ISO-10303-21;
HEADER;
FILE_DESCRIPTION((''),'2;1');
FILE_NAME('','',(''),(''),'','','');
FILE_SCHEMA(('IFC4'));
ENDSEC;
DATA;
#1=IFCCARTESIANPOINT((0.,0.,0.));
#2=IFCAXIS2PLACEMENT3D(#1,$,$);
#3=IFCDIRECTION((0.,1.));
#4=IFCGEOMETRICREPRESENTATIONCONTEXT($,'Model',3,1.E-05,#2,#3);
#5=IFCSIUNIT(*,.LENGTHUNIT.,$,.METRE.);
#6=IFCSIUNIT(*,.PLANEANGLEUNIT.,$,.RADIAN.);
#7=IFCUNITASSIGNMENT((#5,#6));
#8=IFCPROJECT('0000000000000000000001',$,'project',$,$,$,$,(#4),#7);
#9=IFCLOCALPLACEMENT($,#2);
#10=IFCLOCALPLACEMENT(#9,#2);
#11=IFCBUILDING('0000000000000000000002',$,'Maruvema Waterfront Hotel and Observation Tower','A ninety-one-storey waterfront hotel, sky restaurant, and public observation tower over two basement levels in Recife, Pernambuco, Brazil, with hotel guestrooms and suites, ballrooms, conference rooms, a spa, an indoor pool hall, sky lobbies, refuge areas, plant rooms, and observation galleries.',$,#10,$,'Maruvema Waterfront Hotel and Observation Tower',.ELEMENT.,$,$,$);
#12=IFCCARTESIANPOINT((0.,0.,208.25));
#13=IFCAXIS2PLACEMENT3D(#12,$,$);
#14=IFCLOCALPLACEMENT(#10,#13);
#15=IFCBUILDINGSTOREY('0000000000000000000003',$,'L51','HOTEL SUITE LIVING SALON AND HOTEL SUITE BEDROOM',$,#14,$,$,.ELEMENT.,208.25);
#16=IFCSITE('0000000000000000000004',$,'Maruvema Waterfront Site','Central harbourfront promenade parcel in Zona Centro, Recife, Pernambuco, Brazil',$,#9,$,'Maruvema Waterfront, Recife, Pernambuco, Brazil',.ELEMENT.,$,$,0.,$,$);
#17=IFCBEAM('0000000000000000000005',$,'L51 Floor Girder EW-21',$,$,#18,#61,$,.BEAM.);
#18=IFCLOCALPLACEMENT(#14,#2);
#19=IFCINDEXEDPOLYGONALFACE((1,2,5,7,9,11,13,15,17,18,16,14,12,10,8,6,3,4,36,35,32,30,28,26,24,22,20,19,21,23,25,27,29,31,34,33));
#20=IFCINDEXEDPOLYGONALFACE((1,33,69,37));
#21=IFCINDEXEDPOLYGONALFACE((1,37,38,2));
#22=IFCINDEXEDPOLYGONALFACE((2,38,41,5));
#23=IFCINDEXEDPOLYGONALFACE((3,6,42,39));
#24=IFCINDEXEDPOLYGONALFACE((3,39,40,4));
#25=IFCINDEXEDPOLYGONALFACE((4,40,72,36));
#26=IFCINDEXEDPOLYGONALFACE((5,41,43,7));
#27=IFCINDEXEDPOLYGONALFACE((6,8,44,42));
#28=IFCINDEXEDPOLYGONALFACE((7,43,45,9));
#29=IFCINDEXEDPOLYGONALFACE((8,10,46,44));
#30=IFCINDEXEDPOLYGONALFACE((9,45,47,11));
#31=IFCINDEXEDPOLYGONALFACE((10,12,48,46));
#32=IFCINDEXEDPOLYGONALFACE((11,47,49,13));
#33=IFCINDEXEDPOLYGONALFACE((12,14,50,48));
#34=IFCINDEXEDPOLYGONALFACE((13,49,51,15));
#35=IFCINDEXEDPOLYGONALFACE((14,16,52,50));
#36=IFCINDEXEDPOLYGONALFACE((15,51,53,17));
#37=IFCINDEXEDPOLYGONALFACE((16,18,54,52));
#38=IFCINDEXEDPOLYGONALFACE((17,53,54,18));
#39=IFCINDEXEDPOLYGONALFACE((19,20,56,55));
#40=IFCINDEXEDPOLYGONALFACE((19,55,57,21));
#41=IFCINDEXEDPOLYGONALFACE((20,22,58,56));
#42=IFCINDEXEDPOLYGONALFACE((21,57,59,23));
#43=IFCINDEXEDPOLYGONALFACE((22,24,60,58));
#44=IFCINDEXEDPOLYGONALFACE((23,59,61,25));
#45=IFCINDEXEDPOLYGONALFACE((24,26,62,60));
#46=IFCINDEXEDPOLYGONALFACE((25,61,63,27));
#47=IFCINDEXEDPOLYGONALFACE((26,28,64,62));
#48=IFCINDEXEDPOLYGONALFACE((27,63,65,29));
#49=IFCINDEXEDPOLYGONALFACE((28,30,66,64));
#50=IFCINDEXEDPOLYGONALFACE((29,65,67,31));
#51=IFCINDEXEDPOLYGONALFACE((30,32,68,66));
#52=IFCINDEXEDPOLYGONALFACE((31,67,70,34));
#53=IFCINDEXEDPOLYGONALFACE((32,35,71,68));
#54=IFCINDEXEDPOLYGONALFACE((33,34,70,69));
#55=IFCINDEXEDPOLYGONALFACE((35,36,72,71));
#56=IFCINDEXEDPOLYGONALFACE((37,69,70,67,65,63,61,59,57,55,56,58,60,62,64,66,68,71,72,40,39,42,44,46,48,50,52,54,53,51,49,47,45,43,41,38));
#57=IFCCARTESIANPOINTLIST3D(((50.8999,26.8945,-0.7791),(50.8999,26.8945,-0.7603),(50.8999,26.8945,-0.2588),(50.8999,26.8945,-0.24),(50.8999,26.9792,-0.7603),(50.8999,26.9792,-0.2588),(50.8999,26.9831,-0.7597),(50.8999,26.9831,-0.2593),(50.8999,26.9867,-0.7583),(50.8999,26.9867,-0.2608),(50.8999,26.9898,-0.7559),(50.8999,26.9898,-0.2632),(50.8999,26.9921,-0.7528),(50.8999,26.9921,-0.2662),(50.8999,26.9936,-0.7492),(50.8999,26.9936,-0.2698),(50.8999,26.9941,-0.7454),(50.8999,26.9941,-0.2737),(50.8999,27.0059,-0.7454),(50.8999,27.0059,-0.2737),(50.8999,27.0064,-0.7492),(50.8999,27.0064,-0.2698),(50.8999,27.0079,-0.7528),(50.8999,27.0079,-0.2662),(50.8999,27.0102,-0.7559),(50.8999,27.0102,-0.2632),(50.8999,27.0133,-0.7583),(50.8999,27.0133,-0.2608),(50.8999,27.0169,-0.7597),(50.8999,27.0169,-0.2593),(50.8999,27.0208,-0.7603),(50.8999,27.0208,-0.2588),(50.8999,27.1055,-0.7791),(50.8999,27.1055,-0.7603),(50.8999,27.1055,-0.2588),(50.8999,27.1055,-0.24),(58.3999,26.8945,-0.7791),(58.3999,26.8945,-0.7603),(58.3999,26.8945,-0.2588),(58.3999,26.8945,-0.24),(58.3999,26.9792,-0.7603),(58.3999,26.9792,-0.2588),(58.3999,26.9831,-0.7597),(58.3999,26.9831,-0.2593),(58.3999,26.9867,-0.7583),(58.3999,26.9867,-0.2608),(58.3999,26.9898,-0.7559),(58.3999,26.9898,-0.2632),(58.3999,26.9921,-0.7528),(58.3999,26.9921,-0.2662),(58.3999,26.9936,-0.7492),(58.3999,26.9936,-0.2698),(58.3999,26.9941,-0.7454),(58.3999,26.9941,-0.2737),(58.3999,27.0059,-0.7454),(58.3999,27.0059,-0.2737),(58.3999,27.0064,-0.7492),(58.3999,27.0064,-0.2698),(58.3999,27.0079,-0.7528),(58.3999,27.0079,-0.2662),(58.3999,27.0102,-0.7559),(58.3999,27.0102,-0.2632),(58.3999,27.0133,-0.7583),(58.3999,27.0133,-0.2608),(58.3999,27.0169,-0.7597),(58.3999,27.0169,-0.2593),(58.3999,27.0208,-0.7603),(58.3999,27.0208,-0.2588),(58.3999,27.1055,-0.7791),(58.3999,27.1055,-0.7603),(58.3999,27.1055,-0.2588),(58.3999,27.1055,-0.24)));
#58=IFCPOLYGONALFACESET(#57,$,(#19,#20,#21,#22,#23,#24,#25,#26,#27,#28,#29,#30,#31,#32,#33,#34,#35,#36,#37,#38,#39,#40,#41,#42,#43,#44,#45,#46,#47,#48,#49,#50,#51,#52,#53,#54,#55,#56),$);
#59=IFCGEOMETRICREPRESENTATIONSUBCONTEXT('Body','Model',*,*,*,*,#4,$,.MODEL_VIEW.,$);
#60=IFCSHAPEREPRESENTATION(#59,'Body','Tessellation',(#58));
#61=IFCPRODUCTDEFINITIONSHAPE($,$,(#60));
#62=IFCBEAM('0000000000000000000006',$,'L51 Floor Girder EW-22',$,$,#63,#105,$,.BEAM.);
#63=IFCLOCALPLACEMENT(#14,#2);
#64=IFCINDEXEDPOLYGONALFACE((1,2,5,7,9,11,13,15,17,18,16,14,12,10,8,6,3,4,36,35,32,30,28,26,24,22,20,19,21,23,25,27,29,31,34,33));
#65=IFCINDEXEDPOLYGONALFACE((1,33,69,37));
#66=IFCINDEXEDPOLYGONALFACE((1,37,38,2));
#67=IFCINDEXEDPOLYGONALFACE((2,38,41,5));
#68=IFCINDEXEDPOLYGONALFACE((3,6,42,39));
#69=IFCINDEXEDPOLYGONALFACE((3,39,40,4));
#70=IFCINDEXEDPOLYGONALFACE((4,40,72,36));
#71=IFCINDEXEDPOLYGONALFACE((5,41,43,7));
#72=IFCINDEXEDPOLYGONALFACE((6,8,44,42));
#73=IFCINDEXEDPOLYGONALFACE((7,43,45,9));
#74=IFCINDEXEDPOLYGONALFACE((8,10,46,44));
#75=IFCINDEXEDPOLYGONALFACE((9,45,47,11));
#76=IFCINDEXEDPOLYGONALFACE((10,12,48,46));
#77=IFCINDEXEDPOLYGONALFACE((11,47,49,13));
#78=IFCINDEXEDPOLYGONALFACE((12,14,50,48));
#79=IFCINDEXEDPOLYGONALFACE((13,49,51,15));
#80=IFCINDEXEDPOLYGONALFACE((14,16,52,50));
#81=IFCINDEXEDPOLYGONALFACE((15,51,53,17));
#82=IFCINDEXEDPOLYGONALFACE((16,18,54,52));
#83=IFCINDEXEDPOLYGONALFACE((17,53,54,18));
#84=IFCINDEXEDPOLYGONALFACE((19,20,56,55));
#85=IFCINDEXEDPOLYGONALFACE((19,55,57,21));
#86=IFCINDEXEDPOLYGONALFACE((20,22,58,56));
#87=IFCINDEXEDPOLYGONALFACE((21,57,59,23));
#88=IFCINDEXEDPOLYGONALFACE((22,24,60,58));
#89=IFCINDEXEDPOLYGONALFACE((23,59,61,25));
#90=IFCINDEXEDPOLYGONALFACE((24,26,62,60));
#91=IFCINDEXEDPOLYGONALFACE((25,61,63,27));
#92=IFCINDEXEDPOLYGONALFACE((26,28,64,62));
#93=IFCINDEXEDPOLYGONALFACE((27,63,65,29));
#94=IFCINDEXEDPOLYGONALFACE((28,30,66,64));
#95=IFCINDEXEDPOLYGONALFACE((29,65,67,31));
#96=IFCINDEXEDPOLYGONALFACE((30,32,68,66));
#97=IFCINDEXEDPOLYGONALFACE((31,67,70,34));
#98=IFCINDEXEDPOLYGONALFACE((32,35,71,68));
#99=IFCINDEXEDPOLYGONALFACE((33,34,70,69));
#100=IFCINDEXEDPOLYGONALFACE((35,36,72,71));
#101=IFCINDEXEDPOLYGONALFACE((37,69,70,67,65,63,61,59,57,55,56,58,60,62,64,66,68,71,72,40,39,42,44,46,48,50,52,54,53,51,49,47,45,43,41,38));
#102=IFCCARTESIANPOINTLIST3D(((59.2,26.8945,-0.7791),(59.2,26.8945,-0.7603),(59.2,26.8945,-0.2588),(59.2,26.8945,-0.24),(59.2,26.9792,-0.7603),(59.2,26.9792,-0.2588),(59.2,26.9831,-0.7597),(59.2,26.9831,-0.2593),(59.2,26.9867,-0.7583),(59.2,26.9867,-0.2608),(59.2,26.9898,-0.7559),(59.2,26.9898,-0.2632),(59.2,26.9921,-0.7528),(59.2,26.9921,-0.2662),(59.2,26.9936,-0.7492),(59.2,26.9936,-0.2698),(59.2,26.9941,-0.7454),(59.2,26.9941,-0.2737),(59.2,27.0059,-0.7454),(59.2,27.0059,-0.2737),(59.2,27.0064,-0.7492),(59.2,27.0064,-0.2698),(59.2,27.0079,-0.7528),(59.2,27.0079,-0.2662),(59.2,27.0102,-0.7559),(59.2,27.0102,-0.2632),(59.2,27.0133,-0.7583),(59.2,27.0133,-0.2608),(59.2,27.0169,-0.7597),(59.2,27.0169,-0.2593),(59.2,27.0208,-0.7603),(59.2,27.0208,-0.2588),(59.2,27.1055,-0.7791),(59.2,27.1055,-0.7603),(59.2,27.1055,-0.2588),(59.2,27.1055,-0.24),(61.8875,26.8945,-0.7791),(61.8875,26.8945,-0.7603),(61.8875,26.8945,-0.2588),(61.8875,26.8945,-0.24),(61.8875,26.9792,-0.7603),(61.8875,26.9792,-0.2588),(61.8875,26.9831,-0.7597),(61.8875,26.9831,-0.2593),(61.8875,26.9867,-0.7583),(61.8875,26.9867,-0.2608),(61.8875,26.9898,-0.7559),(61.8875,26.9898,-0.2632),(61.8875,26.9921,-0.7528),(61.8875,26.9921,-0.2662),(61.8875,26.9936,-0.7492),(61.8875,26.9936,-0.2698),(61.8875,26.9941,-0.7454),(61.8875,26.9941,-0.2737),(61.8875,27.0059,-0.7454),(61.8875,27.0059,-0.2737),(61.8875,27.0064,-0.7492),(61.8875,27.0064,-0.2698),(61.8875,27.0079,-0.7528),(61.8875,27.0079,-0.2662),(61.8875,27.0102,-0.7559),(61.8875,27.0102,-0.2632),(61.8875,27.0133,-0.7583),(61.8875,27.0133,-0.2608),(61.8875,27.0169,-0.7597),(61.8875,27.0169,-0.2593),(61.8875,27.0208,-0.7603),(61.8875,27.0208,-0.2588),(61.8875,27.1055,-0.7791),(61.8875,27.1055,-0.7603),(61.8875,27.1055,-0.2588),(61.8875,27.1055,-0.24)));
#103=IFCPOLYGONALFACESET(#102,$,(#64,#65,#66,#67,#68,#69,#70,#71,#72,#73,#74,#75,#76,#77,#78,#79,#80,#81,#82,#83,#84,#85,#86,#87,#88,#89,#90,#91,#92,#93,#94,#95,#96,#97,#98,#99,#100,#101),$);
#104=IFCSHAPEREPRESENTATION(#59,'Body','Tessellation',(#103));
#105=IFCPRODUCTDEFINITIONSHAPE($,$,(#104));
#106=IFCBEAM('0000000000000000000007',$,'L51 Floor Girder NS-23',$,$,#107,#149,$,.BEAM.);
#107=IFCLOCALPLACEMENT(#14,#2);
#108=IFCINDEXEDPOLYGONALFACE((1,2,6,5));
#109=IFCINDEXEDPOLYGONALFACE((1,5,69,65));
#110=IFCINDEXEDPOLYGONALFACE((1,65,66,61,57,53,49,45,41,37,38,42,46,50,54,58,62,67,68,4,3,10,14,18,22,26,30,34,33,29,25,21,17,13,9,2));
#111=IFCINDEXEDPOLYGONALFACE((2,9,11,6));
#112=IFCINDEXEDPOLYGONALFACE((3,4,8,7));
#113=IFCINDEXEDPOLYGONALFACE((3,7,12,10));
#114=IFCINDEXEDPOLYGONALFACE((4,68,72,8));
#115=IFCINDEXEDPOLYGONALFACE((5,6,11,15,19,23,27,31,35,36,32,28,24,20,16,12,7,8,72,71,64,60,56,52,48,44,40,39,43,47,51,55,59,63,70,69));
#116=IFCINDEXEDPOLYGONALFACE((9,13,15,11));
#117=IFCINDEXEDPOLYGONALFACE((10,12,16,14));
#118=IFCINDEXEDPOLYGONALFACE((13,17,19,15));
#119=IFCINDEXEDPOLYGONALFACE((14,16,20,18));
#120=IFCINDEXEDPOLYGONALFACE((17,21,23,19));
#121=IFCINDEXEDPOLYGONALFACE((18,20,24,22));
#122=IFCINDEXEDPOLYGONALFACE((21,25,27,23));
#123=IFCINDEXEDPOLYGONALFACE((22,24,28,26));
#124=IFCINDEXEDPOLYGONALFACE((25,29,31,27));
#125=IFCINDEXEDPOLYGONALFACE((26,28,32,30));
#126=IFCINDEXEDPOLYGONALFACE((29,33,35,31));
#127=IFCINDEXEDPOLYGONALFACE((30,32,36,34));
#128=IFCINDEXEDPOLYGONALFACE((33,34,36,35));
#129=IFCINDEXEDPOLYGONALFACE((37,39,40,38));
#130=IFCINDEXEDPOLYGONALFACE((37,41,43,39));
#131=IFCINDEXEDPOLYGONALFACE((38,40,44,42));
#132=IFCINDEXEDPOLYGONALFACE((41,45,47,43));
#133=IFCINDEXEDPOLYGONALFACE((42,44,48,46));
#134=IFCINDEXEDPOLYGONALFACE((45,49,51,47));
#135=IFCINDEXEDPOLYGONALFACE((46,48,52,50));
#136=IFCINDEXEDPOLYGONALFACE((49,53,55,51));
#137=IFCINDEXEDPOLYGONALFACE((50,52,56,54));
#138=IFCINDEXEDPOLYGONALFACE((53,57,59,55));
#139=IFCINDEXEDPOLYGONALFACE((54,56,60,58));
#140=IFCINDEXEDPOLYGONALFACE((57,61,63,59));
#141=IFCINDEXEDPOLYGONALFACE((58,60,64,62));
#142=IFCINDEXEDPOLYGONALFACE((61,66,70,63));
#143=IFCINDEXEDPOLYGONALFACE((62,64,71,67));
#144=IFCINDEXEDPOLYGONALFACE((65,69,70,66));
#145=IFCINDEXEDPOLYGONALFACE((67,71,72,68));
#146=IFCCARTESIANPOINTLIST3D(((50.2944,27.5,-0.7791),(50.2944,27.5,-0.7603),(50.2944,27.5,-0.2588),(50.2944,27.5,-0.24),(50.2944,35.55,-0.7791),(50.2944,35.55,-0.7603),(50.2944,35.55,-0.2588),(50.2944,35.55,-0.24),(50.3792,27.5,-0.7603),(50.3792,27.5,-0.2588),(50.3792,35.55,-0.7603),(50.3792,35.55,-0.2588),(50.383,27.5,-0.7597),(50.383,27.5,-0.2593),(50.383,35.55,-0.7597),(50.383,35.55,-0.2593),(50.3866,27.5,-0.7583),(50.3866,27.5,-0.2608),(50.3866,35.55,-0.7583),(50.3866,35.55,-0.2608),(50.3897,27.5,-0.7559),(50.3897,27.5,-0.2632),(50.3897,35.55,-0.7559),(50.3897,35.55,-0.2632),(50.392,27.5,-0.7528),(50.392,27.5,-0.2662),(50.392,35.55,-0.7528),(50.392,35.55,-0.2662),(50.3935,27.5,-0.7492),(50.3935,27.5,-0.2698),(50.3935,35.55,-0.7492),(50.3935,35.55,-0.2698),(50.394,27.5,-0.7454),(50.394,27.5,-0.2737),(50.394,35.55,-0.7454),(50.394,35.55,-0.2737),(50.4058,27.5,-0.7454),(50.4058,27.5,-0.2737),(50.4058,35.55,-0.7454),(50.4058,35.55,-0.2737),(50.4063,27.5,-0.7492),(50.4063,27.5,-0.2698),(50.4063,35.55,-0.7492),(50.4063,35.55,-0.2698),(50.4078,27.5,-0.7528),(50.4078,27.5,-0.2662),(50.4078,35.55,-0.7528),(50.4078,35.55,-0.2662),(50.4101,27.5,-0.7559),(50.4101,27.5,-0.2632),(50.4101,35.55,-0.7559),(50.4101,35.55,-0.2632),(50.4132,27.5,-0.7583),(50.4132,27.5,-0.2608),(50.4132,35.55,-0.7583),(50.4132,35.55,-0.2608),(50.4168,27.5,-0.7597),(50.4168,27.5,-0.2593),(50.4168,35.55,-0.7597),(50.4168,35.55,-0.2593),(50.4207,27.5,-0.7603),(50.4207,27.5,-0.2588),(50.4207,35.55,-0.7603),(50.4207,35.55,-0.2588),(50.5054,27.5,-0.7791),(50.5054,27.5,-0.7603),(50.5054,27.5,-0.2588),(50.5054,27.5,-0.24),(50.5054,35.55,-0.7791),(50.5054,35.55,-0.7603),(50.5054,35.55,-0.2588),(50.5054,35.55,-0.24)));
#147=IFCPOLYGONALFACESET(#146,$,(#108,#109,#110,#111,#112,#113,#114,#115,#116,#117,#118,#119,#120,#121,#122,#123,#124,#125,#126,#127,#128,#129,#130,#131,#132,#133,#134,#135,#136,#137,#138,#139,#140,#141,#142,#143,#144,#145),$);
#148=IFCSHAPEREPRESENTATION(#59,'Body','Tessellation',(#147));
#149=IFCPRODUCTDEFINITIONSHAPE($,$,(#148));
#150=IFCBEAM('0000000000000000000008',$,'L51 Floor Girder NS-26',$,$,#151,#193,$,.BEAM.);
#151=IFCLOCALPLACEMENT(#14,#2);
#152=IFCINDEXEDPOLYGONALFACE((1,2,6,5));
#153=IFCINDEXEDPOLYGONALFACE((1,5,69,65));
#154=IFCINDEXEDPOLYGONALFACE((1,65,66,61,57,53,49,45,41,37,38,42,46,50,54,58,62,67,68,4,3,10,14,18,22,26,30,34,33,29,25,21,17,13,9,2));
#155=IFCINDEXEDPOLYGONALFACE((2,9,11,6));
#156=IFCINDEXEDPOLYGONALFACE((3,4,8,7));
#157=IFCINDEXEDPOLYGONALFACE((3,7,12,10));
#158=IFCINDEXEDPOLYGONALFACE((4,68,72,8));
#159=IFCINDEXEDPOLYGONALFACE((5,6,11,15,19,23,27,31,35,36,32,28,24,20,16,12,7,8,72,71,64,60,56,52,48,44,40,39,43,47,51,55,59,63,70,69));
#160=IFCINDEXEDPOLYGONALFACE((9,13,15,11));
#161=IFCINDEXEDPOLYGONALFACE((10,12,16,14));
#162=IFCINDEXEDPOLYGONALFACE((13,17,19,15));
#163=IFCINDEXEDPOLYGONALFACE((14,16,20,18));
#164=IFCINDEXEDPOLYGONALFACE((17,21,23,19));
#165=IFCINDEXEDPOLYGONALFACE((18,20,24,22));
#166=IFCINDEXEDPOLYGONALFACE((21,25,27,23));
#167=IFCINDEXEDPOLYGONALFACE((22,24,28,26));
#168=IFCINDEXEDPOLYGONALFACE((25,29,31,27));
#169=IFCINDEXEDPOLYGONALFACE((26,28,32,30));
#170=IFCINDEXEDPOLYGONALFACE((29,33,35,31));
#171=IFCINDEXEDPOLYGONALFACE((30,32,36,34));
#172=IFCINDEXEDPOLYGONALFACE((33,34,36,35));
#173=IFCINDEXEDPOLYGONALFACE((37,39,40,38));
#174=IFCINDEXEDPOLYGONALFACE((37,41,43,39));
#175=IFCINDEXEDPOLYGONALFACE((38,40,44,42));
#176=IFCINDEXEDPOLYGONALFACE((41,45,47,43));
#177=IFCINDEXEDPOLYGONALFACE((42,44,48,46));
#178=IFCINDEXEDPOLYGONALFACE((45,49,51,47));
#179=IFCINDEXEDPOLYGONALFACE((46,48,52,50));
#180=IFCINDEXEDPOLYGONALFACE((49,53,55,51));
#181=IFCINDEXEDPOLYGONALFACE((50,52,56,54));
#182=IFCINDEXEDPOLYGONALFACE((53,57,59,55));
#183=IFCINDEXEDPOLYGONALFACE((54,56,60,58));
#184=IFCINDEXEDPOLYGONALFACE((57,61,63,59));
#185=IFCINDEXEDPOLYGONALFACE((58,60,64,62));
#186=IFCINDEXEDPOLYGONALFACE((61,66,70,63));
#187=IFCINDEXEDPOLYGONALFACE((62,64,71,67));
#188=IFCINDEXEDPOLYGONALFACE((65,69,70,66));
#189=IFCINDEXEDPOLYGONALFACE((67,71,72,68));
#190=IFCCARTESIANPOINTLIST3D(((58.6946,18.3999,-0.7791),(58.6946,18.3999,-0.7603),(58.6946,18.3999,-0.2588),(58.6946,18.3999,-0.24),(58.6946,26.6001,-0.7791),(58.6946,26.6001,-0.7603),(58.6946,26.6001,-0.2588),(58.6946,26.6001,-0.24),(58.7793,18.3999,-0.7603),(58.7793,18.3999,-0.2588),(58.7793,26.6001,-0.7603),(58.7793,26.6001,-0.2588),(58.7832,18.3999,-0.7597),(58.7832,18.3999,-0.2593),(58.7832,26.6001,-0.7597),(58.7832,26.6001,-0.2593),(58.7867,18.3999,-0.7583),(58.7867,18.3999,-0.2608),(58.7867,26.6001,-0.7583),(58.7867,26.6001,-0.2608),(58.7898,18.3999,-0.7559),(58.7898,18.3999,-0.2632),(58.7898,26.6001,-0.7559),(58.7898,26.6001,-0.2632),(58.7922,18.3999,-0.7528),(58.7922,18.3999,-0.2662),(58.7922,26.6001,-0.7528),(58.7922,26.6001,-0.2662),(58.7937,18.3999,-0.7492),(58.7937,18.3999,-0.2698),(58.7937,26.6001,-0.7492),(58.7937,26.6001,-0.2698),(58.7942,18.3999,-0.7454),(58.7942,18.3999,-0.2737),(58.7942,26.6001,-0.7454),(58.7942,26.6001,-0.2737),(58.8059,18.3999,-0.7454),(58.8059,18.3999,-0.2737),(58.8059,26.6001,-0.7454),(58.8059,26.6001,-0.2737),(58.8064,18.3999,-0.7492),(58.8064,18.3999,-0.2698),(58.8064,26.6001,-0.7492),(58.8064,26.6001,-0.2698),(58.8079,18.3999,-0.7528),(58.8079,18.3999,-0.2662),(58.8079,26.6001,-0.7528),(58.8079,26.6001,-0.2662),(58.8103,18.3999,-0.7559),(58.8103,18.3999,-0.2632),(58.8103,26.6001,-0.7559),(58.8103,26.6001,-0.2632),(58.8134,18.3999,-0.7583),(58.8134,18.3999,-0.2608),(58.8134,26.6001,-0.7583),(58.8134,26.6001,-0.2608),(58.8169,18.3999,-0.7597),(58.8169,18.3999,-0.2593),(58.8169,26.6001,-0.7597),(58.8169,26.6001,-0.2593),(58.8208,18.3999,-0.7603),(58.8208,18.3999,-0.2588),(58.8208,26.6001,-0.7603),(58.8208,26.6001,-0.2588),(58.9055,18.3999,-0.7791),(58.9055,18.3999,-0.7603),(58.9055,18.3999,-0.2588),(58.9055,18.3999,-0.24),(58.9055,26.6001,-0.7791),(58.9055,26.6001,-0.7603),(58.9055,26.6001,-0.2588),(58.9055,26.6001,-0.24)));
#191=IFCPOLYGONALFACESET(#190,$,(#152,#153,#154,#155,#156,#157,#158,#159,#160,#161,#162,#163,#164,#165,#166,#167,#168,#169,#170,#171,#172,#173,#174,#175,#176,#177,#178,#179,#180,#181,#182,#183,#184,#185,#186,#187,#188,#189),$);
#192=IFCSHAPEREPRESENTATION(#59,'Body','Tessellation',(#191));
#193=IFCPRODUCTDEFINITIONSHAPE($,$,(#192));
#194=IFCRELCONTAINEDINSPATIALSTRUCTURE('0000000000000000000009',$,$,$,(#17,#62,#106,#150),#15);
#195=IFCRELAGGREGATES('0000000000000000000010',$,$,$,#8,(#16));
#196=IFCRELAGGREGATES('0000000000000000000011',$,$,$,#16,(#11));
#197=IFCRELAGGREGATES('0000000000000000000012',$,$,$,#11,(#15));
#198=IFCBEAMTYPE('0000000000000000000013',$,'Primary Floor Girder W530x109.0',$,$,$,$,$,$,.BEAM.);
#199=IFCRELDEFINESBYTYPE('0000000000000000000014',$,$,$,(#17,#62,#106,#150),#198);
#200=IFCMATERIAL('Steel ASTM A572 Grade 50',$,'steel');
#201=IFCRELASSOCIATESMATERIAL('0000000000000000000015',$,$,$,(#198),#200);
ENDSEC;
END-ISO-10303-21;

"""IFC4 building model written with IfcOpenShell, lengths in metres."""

from ifc_helpers import new_model, si_unit, direction, frame, origin, origin_2d, place, context, subcontext, project, spatial, i_section, extrude, material, material_profile, profile_set, type_object, element, save


model = new_model("IFC4")

# Units and contexts
model_context = context("Model", 3, precision=1e-05, world=origin(), true_north=direction((0.0, 1.0)))
body_context = subcontext(model_context, "Body", "Model", "MODEL_VIEW")
ifc_project = project(units=[si_unit("LENGTHUNIT", "METRE"), si_unit("PLANEANGLEUNIT", "RADIAN")], contexts=[model_context])

# Site, building, storey
site_placement = place(None, origin())
site = spatial("IfcSite", under=ifc_project, at=site_placement, Name="Maruvema Waterfront Site", Description="Central harbourfront promenade parcel in Zona Centro, Recife, Pernambuco, Brazil", LongName="Maruvema Waterfront, Recife, Pernambuco, Brazil", CompositionType="ELEMENT", RefElevation=0.0)
building_placement = place(site_placement, origin())
building = spatial("IfcBuilding", under=site, at=building_placement, Name="Maruvema Waterfront Hotel and Observation Tower", Description="A ninety-one-storey waterfront hotel, sky restaurant, and public observation tower over two basement levels in Recife, Pernambuco, Brazil, with hotel guestrooms and suites, ballrooms, conference rooms, a spa, an indoor pool hall, sky lobbies, refuge areas, plant rooms, and observation galleries.", LongName="Maruvema Waterfront Hotel and Observation Tower", CompositionType="ELEMENT")
storey_placement = place(building_placement, frame((0.0, 0.0, 208.25)))
storey = spatial("IfcBuildingStorey", under=building, at=storey_placement, Name="L51", Description="HOTEL SUITE LIVING SALON AND HOTEL SUITE BEDROOM", CompositionType="ELEMENT", Elevation=208.25)

# Beams
ifc_material_1 = material(Name="Steel ASTM A572 Grade 50", Category="steel")
ifc_material_profile_1 = material_profile(ifc_material_1, i_section(OverallWidth=0.2109, OverallDepth=0.5391, WebThickness=0.0117, FlangeThickness=0.0188, FilletRadius=0.0149, at=origin_2d()), Name="W530x109.0")
ifc_profile_set_1 = profile_set([ifc_material_profile_1], Name="Steel ASTM A572 Grade 50")
beam_type_1 = type_object("IfcBeamType", Name="Primary Floor Girder W530x109.0", PredefinedType="BEAM", material=ifc_profile_set_1)
beam_1_placement = place(storey_placement, frame((50.8999, 27.0, -0.5095), z_axis=(1.0, 0.0, 0.0), x_axis=(0.0, 1.0, 0.0)))
element("IfcBeam", 1, at=beam_1_placement, inside=storey, type_object=beam_type_1, Name="L51 Floor Girder EW-21", PredefinedType="BEAM", context=body_context, shape_type="SweptSolid", body=[
    extrude(i_section(OverallWidth=0.2109, OverallDepth=0.5391, WebThickness=0.0117, FlangeThickness=0.0188, FilletRadius=0.0149, at=origin_2d()), origin(), (0.0, 0.0, 1.0), 7.5),
])
beam_2_placement = place(storey_placement, frame((59.2, 27.0, -0.5095), z_axis=(1.0, 0.0, 0.0), x_axis=(0.0, 1.0, 0.0)))
element("IfcBeam", 2, at=beam_2_placement, inside=storey, type_object=beam_type_1, Name="L51 Floor Girder EW-22", PredefinedType="BEAM", context=body_context, shape_type="SweptSolid", body=[
    extrude(i_section(OverallWidth=0.2109, OverallDepth=0.5391, WebThickness=0.0117, FlangeThickness=0.0188, FilletRadius=0.0149, at=origin_2d()), origin(), (0.0, 0.0, 1.0), 2.6875),
])
beam_3_placement = place(storey_placement, frame((50.3999, 27.5, -0.5095), z_axis=(0.0, 1.0, 0.0), x_axis=(-1.0, 0.0, 0.0)))
element("IfcBeam", 3, at=beam_3_placement, inside=storey, type_object=beam_type_1, Name="L51 Floor Girder NS-23", PredefinedType="BEAM", context=body_context, shape_type="SweptSolid", body=[
    extrude(i_section(OverallWidth=0.2109, OverallDepth=0.5391, WebThickness=0.0117, FlangeThickness=0.0188, FilletRadius=0.0149, at=origin_2d()), origin(), (0.0, 0.0, 1.0), 8.05),
])
for number, where, z_axis, x_axis, name in (
    (4, (58.8, 18.3999, -0.5095), (0.0, 1.0, 0.0), (-1.0, 0.0, 0.0), "L51 Floor Girder NS-26"),
):
    element("IfcBeam", number, at=place(storey_placement, frame(where, z_axis=z_axis, x_axis=x_axis)), inside=storey, type_object=beam_type_1, Name=name, PredefinedType="BEAM", context=body_context, shape_type="SweptSolid", body=[
        extrude(i_section(OverallWidth=0.2109, OverallDepth=0.5391, WebThickness=0.0117, FlangeThickness=0.0188, FilletRadius=0.0149, at=origin_2d()), origin(), (0.0, 0.0, 1.0), 8.2002),
    ])

save(model, "model.ifc")
